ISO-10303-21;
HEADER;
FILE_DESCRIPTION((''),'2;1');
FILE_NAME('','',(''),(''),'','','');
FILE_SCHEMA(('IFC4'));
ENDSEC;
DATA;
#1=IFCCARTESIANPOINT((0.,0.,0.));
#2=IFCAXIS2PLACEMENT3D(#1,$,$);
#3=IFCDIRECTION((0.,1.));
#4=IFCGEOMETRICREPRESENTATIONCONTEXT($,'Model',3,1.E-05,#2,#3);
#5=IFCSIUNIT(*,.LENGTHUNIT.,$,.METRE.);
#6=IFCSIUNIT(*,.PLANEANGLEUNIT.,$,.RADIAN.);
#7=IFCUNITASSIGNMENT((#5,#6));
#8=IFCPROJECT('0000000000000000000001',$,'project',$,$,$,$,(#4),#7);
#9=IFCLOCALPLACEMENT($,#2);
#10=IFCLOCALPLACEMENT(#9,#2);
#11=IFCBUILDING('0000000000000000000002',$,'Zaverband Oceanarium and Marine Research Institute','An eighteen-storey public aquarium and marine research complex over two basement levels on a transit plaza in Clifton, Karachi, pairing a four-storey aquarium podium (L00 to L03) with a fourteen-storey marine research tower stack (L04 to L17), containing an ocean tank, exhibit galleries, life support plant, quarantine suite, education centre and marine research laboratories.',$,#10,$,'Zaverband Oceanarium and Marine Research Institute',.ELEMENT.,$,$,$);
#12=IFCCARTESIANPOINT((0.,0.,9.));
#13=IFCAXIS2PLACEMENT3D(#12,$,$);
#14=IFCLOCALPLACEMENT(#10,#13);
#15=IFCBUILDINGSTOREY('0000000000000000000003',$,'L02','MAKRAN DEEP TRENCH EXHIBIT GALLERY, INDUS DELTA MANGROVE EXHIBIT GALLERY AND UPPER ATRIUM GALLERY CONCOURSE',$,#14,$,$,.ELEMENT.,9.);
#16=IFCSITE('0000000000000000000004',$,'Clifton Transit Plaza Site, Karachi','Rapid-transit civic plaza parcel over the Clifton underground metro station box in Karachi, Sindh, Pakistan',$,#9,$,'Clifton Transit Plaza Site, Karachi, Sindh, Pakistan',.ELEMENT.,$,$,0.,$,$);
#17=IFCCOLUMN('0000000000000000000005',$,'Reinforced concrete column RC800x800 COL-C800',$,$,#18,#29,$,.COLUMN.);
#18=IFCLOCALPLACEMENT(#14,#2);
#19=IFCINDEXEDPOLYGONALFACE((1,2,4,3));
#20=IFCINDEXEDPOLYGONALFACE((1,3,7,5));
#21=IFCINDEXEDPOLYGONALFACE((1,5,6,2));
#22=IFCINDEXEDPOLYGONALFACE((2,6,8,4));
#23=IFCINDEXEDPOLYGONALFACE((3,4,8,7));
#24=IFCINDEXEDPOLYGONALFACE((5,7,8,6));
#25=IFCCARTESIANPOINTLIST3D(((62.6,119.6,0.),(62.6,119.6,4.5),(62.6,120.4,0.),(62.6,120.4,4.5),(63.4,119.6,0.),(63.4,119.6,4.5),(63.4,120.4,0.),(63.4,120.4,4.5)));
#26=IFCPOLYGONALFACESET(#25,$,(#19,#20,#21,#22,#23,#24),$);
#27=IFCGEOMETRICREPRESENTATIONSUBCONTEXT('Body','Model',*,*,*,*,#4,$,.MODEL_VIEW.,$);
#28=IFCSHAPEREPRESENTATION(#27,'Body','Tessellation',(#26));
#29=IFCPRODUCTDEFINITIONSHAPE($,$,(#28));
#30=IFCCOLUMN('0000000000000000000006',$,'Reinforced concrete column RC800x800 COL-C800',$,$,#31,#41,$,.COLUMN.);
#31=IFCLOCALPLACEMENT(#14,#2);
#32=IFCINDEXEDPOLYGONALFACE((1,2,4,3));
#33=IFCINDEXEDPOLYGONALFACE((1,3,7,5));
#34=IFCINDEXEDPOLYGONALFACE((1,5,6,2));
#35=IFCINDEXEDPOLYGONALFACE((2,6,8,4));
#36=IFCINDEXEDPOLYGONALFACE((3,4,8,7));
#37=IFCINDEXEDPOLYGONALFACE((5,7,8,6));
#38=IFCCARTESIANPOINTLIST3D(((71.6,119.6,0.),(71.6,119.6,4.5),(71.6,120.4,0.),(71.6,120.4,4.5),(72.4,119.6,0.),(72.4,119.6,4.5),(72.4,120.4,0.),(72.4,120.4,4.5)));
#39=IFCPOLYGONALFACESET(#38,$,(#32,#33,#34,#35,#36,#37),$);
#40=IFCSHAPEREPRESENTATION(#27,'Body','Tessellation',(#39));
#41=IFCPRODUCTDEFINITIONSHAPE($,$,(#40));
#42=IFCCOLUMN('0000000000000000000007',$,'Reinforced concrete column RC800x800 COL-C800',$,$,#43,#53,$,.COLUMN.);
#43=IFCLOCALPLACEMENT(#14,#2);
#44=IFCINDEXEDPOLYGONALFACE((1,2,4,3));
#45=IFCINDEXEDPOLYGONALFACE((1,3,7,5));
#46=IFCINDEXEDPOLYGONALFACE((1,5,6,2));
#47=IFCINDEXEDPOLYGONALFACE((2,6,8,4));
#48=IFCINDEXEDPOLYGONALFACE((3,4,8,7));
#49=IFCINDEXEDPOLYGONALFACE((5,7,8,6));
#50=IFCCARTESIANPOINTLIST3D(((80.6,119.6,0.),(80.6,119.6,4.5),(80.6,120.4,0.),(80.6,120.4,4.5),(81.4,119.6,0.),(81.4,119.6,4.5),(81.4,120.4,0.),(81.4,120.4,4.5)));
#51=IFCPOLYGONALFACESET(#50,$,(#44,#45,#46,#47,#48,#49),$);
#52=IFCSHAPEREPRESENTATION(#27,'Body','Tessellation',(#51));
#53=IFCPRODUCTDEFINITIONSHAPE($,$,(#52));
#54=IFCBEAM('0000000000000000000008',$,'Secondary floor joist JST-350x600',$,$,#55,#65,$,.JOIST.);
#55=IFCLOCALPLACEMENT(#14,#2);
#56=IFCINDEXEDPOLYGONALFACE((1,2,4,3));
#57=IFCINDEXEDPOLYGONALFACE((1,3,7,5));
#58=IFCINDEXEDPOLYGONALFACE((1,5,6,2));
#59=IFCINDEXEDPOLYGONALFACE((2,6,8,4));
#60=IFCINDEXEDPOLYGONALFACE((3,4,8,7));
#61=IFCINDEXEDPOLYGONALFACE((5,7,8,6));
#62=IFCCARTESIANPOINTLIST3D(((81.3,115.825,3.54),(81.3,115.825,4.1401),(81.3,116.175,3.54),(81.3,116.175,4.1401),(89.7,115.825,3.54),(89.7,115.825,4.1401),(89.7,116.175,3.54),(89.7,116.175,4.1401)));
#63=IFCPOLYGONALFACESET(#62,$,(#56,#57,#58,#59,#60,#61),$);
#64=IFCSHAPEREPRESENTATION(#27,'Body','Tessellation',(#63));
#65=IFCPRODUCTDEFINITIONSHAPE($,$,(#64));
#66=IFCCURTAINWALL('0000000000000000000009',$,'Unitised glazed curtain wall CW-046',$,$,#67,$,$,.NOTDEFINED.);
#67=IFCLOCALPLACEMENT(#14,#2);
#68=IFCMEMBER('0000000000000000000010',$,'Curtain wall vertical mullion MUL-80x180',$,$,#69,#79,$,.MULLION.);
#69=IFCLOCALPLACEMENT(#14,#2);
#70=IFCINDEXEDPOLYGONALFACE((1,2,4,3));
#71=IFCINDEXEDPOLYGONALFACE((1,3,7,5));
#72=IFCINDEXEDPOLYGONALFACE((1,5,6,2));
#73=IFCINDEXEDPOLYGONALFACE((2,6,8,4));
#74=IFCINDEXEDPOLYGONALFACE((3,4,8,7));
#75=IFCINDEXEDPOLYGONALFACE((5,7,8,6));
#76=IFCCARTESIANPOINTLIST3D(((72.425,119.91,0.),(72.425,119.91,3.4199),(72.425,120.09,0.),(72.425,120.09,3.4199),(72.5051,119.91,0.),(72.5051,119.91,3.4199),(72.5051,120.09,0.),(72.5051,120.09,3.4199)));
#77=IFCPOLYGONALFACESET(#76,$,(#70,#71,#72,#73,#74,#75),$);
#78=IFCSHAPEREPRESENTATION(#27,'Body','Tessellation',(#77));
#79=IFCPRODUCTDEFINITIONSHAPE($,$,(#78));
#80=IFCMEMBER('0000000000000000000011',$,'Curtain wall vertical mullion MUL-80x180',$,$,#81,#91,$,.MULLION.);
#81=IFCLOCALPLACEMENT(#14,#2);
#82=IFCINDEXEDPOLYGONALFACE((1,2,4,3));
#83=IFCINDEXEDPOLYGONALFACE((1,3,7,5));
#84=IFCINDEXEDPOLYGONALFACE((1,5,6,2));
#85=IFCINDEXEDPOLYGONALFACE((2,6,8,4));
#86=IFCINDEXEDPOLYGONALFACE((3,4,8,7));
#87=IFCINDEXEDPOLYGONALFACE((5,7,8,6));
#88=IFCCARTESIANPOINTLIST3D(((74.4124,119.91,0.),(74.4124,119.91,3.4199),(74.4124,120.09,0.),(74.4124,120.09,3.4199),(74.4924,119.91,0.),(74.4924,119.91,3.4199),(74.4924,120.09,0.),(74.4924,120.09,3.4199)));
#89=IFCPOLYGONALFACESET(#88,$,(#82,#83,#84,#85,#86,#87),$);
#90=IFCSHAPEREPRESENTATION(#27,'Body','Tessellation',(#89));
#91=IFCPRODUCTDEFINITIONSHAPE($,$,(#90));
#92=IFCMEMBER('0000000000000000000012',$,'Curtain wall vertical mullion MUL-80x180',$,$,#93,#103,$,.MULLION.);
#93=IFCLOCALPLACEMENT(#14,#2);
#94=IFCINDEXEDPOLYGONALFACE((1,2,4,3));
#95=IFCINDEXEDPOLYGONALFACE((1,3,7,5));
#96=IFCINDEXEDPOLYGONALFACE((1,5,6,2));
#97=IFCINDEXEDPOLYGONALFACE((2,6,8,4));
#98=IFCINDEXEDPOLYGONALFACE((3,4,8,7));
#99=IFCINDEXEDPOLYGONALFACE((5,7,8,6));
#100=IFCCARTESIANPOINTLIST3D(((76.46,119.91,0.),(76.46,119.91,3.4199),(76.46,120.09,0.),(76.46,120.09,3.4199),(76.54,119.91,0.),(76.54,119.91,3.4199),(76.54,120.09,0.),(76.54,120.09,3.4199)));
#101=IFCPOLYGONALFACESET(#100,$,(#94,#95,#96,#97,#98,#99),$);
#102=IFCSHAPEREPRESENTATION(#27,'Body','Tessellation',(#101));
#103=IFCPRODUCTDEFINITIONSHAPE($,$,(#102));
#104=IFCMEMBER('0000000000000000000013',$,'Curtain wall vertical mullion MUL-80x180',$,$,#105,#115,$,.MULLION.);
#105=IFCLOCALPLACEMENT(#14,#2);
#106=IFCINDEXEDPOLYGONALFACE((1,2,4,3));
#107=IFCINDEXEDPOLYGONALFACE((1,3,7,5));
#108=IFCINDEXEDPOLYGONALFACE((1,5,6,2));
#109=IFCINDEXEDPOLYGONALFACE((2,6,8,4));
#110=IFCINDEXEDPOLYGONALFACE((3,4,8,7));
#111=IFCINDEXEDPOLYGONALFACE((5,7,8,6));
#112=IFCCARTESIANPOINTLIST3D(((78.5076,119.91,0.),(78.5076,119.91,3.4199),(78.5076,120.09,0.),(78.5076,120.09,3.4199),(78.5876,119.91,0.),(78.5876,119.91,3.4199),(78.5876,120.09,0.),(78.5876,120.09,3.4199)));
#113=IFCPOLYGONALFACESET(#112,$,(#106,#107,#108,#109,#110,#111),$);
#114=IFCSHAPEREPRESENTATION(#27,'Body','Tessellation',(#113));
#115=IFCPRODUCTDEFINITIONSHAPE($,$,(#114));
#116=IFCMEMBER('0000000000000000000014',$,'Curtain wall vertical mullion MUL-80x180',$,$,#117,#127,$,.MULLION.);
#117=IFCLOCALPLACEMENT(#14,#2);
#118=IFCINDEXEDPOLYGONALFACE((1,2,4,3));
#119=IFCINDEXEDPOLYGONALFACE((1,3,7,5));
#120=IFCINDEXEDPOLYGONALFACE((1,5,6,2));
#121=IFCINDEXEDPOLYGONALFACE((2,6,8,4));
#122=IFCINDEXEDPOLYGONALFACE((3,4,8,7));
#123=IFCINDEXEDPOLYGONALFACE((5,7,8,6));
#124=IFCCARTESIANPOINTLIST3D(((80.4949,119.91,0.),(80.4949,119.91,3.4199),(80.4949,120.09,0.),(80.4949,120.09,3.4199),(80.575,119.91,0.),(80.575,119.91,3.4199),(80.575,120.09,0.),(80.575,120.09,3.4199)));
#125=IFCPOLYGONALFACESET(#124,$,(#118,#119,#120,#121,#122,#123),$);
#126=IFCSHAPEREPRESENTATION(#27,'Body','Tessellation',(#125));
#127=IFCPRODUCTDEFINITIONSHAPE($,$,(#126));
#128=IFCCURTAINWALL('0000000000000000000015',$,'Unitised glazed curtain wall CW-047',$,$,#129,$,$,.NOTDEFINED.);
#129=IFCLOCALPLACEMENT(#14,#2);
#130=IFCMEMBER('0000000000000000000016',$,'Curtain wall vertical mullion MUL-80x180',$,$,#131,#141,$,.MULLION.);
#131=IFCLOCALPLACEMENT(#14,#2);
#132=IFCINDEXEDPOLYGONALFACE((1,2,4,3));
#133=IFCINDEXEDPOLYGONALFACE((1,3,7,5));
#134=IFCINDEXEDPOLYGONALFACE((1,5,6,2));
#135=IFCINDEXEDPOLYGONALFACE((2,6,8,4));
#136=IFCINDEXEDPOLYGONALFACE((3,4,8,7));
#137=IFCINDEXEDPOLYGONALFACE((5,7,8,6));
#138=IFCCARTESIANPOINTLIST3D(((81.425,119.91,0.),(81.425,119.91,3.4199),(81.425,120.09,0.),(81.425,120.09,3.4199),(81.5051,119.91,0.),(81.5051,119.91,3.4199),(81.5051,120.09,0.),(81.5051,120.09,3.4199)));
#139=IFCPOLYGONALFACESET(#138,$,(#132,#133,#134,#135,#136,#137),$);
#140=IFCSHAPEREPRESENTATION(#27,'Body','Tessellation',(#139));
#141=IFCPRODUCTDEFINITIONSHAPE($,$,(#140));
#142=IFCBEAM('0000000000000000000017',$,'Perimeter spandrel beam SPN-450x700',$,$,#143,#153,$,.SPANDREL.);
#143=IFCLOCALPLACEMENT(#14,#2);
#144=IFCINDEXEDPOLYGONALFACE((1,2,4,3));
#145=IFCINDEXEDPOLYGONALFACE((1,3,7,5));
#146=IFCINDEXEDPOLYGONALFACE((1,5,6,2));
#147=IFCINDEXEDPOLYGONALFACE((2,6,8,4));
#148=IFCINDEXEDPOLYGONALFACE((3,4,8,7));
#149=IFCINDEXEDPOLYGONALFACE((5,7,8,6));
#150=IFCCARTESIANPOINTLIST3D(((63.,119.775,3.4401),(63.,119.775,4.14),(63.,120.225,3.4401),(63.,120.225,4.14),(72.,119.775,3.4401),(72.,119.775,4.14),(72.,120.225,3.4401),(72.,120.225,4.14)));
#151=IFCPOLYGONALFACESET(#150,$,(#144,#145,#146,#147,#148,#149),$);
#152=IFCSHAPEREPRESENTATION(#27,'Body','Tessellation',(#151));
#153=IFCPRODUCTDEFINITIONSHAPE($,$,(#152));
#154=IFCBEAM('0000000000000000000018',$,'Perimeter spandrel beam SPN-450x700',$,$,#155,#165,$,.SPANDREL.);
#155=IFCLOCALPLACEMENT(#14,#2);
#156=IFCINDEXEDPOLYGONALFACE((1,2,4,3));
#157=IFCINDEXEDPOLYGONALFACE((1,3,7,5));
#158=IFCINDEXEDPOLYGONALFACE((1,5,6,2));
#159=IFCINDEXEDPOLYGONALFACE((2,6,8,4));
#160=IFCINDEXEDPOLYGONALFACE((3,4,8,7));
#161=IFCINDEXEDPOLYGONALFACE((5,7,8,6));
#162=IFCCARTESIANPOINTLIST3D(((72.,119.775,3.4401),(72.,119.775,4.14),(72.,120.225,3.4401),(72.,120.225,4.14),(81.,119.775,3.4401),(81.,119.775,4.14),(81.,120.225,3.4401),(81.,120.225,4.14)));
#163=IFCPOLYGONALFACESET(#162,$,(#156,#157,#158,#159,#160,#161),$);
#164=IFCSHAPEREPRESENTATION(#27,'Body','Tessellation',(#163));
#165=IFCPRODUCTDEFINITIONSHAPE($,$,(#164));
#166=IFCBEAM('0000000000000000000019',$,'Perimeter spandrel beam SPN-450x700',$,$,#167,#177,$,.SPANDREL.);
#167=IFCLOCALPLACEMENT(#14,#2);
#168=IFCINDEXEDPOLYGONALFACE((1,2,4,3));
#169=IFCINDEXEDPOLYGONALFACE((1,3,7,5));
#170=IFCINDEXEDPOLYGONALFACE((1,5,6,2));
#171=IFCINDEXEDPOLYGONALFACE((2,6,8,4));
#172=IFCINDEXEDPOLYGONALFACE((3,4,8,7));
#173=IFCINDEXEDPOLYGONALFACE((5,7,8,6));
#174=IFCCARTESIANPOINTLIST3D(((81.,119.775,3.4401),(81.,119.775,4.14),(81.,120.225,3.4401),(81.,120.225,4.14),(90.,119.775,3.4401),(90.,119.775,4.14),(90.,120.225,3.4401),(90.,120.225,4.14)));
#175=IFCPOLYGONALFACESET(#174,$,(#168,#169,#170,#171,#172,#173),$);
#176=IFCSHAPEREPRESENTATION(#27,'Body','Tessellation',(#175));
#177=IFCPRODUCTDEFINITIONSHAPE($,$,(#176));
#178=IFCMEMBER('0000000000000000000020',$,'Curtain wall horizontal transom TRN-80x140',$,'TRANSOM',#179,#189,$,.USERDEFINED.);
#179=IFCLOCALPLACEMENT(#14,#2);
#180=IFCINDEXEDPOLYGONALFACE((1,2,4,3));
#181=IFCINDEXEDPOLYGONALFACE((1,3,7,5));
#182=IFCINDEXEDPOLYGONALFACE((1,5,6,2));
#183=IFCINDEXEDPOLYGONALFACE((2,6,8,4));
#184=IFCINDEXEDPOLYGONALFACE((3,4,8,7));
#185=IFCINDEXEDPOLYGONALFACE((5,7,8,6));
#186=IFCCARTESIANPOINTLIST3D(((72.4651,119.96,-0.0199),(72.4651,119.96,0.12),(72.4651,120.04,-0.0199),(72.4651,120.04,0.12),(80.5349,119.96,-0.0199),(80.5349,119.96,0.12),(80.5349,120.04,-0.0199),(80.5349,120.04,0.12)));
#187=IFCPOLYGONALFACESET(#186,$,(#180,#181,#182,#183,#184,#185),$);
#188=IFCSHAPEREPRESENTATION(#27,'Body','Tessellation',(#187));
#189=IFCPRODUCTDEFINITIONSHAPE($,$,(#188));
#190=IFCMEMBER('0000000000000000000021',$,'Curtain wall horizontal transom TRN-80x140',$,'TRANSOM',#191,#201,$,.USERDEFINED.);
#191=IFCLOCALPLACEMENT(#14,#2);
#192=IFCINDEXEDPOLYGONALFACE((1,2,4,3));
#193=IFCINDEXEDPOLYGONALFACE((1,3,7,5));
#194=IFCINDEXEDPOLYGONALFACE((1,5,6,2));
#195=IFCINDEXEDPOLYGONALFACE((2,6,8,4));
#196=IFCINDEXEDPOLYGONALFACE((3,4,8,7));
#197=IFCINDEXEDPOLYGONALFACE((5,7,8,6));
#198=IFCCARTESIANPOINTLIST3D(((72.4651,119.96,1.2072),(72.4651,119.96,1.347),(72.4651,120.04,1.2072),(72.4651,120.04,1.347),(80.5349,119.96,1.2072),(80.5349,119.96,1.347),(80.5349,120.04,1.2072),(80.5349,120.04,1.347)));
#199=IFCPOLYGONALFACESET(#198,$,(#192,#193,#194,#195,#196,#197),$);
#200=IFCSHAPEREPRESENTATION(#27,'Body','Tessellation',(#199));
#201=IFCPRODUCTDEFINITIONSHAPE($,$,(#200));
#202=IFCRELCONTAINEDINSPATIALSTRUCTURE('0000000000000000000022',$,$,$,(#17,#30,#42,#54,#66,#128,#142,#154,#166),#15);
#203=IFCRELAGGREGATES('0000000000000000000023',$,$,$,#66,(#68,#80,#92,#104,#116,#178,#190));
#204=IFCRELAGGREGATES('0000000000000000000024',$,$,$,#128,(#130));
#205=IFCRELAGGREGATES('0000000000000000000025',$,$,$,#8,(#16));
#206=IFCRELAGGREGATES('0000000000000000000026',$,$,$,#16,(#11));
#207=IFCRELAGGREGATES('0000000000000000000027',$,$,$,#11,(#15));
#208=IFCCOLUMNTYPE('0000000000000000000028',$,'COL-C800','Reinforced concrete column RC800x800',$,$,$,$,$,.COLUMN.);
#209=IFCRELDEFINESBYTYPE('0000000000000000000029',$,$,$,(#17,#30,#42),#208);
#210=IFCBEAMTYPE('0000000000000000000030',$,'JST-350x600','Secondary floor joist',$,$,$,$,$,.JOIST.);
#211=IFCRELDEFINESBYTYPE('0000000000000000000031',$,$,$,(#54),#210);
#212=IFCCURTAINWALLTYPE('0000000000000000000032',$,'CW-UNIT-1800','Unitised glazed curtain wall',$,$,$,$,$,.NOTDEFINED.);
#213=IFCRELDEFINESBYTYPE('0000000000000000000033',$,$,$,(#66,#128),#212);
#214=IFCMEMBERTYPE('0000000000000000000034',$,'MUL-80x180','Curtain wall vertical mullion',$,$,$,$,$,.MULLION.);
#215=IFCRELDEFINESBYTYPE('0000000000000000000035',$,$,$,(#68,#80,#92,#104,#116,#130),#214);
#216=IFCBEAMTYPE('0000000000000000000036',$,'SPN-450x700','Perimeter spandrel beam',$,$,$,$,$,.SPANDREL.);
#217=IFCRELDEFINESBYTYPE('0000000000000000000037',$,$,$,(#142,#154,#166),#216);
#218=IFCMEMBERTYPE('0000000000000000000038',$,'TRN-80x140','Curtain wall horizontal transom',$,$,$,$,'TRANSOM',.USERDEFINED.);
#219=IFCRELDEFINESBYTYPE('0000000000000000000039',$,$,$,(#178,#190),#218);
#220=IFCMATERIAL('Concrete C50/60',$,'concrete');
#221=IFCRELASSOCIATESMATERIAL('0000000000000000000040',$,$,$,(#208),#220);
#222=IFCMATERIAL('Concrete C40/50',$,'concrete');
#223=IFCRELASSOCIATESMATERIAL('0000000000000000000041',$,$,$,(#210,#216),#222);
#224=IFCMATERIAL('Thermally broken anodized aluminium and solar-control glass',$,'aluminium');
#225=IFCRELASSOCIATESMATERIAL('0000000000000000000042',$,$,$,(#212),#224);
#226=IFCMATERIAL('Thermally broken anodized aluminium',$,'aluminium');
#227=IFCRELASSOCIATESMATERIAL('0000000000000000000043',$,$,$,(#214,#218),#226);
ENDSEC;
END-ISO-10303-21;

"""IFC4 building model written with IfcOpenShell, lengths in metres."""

from ifc_helpers import new_model, si_unit, direction, frame, origin, origin_2d, place, context, subcontext, project, spatial, rectangle, extrude, material, material_profile, profile_set, type_object, element, aggregate, save


model = new_model("IFC4")

# Units and contexts
model_context = context("Model", 3, precision=1e-05, world=origin(), true_north=direction((0.0, 1.0)))
body_context = subcontext(model_context, "Body", "Model", "MODEL_VIEW")
ifc_project = project(units=[si_unit("LENGTHUNIT", "METRE"), si_unit("PLANEANGLEUNIT", "RADIAN")], contexts=[model_context])

# Site, building, storey
site_placement = place(None, origin())
site = spatial("IfcSite", under=ifc_project, at=site_placement, Name="Clifton Transit Plaza Site, Karachi", Description="Rapid-transit civic plaza parcel over the Clifton underground metro station box in Karachi, Sindh, Pakistan", LongName="Clifton Transit Plaza Site, Karachi, Sindh, Pakistan", CompositionType="ELEMENT", RefElevation=0.0)
building_placement = place(site_placement, origin())
building = spatial("IfcBuilding", under=site, at=building_placement, Name="Zaverband Oceanarium and Marine Research Institute", Description="An eighteen-storey public aquarium and marine research complex over two basement levels on a transit plaza in Clifton, Karachi, pairing a four-storey aquarium podium (L00 to L03) with a fourteen-storey marine research tower stack (L04 to L17), containing an ocean tank, exhibit galleries, life support plant, quarantine suite, education centre and marine research laboratories.", LongName="Zaverband Oceanarium and Marine Research Institute", CompositionType="ELEMENT")
storey_placement = place(building_placement, frame((0.0, 0.0, 9.0)))
storey = spatial("IfcBuildingStorey", under=building, at=storey_placement, Name="L02", Description="MAKRAN DEEP TRENCH EXHIBIT GALLERY, INDUS DELTA MANGROVE EXHIBIT GALLERY AND UPPER ATRIUM GALLERY CONCOURSE", CompositionType="ELEMENT", Elevation=9.0)

# Columns
ifc_material_1 = material(Name="Concrete C50/60", Category="concrete")
ifc_material_profile_1 = material_profile(ifc_material_1, rectangle(XDim=0.8, YDim=0.8, at=origin_2d()), Name="RC800x800")
ifc_profile_set_1 = profile_set([ifc_material_profile_1], Name="Concrete C50/60")
column_type = type_object("IfcColumnType", Name="COL-C800", Description="Reinforced concrete column RC800x800", PredefinedType="COLUMN", material=ifc_profile_set_1)
for number, where, z_axis, x_axis, name in (
    (1, (63.0, 120.0, 0.0), (0.0, 0.0, 1.0), (1.0, 0.0, 0.0), "Reinforced concrete column RC800x800 COL-C800"),
    (2, (72.0, 120.0, 0.0), (0.0, 0.0, 1.0), (1.0, 0.0, 0.0), "Reinforced concrete column RC800x800 COL-C800"),
    (3, (81.0, 120.0, 0.0), (0.0, 0.0, 1.0), (1.0, 0.0, 0.0), "Reinforced concrete column RC800x800 COL-C800"),
):
    element("IfcColumn", number, at=place(storey_placement, frame(where, z_axis=z_axis, x_axis=x_axis)), inside=storey, type_object=column_type, Name=name, PredefinedType="COLUMN", context=body_context, shape_type="SweptSolid", body=[
        extrude(rectangle(XDim=0.8, YDim=0.8, at=origin_2d()), origin(), (0.0, 0.0, 1.0), 4.5),
    ])

# Beam
ifc_material_2 = material(Name="Concrete C40/50", Category="concrete")
ifc_material_profile_2 = material_profile(ifc_material_2, rectangle(XDim=0.3501, YDim=0.6001, at=origin_2d()), Name="RC350x600")
ifc_profile_set_2 = profile_set([ifc_material_profile_2], Name="Concrete C40/50")
beam_type_1 = type_object("IfcBeamType", Name="JST-350x600", Description="Secondary floor joist", PredefinedType="JOIST", material=ifc_profile_set_2)
beam_placement = place(storey_placement, frame((81.3, 116.0, 3.8401), z_axis=(1.0, 0.0, 0.0), x_axis=(0.0, 1.0, 0.0)))
element("IfcBeam", 4, at=beam_placement, inside=storey, type_object=beam_type_1, Name="Secondary floor joist JST-350x600", PredefinedType="JOIST", context=body_context, shape_type="SweptSolid", body=[
    extrude(rectangle(XDim=0.3501, YDim=0.6001, at=origin_2d()), origin(), (0.0, 0.0, 1.0), 8.3999),
])

# Curtain wall, members
ifc_material_3 = material(Name="Thermally broken anodized aluminium and solar-control glass", Category="aluminium")
curtain_wall_type = type_object("IfcCurtainWallType", Name="CW-UNIT-1800", Description="Unitised glazed curtain wall", PredefinedType="NOTDEFINED", material=ifc_material_3)
curtain_wall_1_placement = place(storey_placement, origin())
curtain_wall_1 = element("IfcCurtainWall", 5, at=curtain_wall_1_placement, inside=storey, type_object=curtain_wall_type, Name="Unitised glazed curtain wall CW-046", PredefinedType="NOTDEFINED")
ifc_material_4 = material(Name="Thermally broken anodized aluminium", Category="aluminium")
ifc_material_profile_3 = material_profile(ifc_material_4, rectangle(XDim=0.0801, YDim=0.1799, at=origin_2d()), Name="AL-MUL-80x180")
ifc_profile_set_3 = profile_set([ifc_material_profile_3], Name="Thermally broken anodized aluminium")
member_type_1 = type_object("IfcMemberType", Name="MUL-80x180", Description="Curtain wall vertical mullion", PredefinedType="MULLION", material=ifc_profile_set_3)
member_1_placement = place(storey_placement, frame((72.4651, 120.0, 0.0), z_axis=(0.0, 0.0, 1.0), x_axis=(1.0, 0.0, 0.0)))
member_1 = element("IfcMember", 6, at=member_1_placement, type_object=member_type_1, Name="Curtain wall vertical mullion MUL-80x180", PredefinedType="MULLION", context=body_context, shape_type="SweptSolid", body=[
    extrude(rectangle(XDim=0.0801, YDim=0.1799, at=origin_2d()), origin(), (0.0, 0.0, 1.0), 3.4199),
])
member_2_placement = place(storey_placement, frame((74.4524, 120.0, 0.0), z_axis=(0.0, 0.0, 1.0), x_axis=(1.0, 0.0, 0.0)))
member_2 = element("IfcMember", 7, at=member_2_placement, type_object=member_type_1, Name="Curtain wall vertical mullion MUL-80x180", PredefinedType="MULLION", context=body_context, shape_type="SweptSolid", body=[
    extrude(rectangle(XDim=0.0801, YDim=0.1799, at=origin_2d()), origin(), (0.0, 0.0, 1.0), 3.4199),
])
member_3_placement = place(storey_placement, frame((76.5, 120.0, 0.0), z_axis=(0.0, 0.0, 1.0), x_axis=(1.0, 0.0, 0.0)))
member_3 = element("IfcMember", 8, at=member_3_placement, type_object=member_type_1, Name="Curtain wall vertical mullion MUL-80x180", PredefinedType="MULLION", context=body_context, shape_type="SweptSolid", body=[
    extrude(rectangle(XDim=0.0801, YDim=0.1799, at=origin_2d()), origin(), (0.0, 0.0, 1.0), 3.4199),
])
member_4_placement = place(storey_placement, frame((78.5476, 120.0, 0.0), z_axis=(0.0, 0.0, 1.0), x_axis=(1.0, 0.0, 0.0)))
member_4 = element("IfcMember", 9, at=member_4_placement, type_object=member_type_1, Name="Curtain wall vertical mullion MUL-80x180", PredefinedType="MULLION", context=body_context, shape_type="SweptSolid", body=[
    extrude(rectangle(XDim=0.0801, YDim=0.1799, at=origin_2d()), origin(), (0.0, 0.0, 1.0), 3.4199),
])
member_5_placement = place(storey_placement, frame((80.5349, 120.0, 0.0), z_axis=(0.0, 0.0, 1.0), x_axis=(1.0, 0.0, 0.0)))
member_5 = element("IfcMember", 10, at=member_5_placement, type_object=member_type_1, Name="Curtain wall vertical mullion MUL-80x180", PredefinedType="MULLION", context=body_context, shape_type="SweptSolid", body=[
    extrude(rectangle(XDim=0.0801, YDim=0.1799, at=origin_2d()), origin(), (0.0, 0.0, 1.0), 3.4199),
])

# Curtain wall, member
curtain_wall_2_placement = place(storey_placement, origin())
curtain_wall_2 = element("IfcCurtainWall", 11, at=curtain_wall_2_placement, inside=storey, type_object=curtain_wall_type, Name="Unitised glazed curtain wall CW-047", PredefinedType="NOTDEFINED")
member_6_placement = place(storey_placement, frame((81.4651, 120.0, 0.0), z_axis=(0.0, 0.0, 1.0), x_axis=(1.0, 0.0, 0.0)))
member_6 = element("IfcMember", 12, at=member_6_placement, type_object=member_type_1, Name="Curtain wall vertical mullion MUL-80x180", PredefinedType="MULLION", context=body_context, shape_type="SweptSolid", body=[
    extrude(rectangle(XDim=0.0801, YDim=0.1799, at=origin_2d()), origin(), (0.0, 0.0, 1.0), 3.4199),
])

# Beams
ifc_material_profile_4 = material_profile(ifc_material_2, rectangle(XDim=0.45, YDim=0.7, at=origin_2d()), Name="RC450x700")
ifc_profile_set_4 = profile_set([ifc_material_profile_4], Name="Concrete C40/50")
beam_type_2 = type_object("IfcBeamType", Name="SPN-450x700", Description="Perimeter spandrel beam", PredefinedType="SPANDREL", material=ifc_profile_set_4)
for number, where, z_axis, x_axis, name in (
    (13, (63.0, 120.0, 3.79), (1.0, 0.0, 0.0), (0.0, 1.0, 0.0), "Perimeter spandrel beam SPN-450x700"),
    (14, (72.0, 120.0, 3.79), (1.0, 0.0, 0.0), (0.0, 1.0, 0.0), "Perimeter spandrel beam SPN-450x700"),
    (15, (81.0, 120.0, 3.79), (1.0, 0.0, 0.0), (0.0, 1.0, 0.0), "Perimeter spandrel beam SPN-450x700"),
):
    element("IfcBeam", number, at=place(storey_placement, frame(where, z_axis=z_axis, x_axis=x_axis)), inside=storey, type_object=beam_type_2, Name=name, PredefinedType="SPANDREL", context=body_context, shape_type="SweptSolid", body=[
        extrude(rectangle(XDim=0.45, YDim=0.7, at=origin_2d()), origin(), (0.0, 0.0, 1.0), 9.0),
    ])

# Members
ifc_material_profile_5 = material_profile(ifc_material_4, rectangle(XDim=0.0801, YDim=0.1399, at=origin_2d()), Name="AL-TRN-80x140")
ifc_profile_set_5 = profile_set([ifc_material_profile_5], Name="Thermally broken anodized aluminium")
member_type_2 = type_object("IfcMemberType", Name="TRN-80x140", Description="Curtain wall horizontal transom", ElementType="TRANSOM", PredefinedType="USERDEFINED", material=ifc_profile_set_5)
member_7_placement = place(storey_placement, frame((72.4651, 120.0, 0.05), z_axis=(1.0, 0.0, 0.0), x_axis=(0.0, 1.0, 0.0)))
member_7 = element("IfcMember", 16, at=member_7_placement, type_object=member_type_2, Name="Curtain wall horizontal transom TRN-80x140", ObjectType="TRANSOM", PredefinedType="USERDEFINED", context=body_context, shape_type="SweptSolid", body=[
    extrude(rectangle(XDim=0.0801, YDim=0.1399, at=origin_2d()), origin(), (0.0, 0.0, 1.0), 8.0698),
])
member_8_placement = place(storey_placement, frame((72.4651, 120.0, 1.2771), z_axis=(1.0, 0.0, 0.0), x_axis=(0.0, 1.0, 0.0)))
member_8 = element("IfcMember", 17, at=member_8_placement, type_object=member_type_2, Name="Curtain wall horizontal transom TRN-80x140", ObjectType="TRANSOM", PredefinedType="USERDEFINED", context=body_context, shape_type="SweptSolid", body=[
    extrude(rectangle(XDim=0.0801, YDim=0.1399, at=origin_2d()), origin(), (0.0, 0.0, 1.0), 8.0698),
])

aggregate(curtain_wall_1, [member_1, member_2, member_3, member_4, member_5, member_7, member_8])
aggregate(curtain_wall_2, [member_6])

save(model, "model.ifc")
